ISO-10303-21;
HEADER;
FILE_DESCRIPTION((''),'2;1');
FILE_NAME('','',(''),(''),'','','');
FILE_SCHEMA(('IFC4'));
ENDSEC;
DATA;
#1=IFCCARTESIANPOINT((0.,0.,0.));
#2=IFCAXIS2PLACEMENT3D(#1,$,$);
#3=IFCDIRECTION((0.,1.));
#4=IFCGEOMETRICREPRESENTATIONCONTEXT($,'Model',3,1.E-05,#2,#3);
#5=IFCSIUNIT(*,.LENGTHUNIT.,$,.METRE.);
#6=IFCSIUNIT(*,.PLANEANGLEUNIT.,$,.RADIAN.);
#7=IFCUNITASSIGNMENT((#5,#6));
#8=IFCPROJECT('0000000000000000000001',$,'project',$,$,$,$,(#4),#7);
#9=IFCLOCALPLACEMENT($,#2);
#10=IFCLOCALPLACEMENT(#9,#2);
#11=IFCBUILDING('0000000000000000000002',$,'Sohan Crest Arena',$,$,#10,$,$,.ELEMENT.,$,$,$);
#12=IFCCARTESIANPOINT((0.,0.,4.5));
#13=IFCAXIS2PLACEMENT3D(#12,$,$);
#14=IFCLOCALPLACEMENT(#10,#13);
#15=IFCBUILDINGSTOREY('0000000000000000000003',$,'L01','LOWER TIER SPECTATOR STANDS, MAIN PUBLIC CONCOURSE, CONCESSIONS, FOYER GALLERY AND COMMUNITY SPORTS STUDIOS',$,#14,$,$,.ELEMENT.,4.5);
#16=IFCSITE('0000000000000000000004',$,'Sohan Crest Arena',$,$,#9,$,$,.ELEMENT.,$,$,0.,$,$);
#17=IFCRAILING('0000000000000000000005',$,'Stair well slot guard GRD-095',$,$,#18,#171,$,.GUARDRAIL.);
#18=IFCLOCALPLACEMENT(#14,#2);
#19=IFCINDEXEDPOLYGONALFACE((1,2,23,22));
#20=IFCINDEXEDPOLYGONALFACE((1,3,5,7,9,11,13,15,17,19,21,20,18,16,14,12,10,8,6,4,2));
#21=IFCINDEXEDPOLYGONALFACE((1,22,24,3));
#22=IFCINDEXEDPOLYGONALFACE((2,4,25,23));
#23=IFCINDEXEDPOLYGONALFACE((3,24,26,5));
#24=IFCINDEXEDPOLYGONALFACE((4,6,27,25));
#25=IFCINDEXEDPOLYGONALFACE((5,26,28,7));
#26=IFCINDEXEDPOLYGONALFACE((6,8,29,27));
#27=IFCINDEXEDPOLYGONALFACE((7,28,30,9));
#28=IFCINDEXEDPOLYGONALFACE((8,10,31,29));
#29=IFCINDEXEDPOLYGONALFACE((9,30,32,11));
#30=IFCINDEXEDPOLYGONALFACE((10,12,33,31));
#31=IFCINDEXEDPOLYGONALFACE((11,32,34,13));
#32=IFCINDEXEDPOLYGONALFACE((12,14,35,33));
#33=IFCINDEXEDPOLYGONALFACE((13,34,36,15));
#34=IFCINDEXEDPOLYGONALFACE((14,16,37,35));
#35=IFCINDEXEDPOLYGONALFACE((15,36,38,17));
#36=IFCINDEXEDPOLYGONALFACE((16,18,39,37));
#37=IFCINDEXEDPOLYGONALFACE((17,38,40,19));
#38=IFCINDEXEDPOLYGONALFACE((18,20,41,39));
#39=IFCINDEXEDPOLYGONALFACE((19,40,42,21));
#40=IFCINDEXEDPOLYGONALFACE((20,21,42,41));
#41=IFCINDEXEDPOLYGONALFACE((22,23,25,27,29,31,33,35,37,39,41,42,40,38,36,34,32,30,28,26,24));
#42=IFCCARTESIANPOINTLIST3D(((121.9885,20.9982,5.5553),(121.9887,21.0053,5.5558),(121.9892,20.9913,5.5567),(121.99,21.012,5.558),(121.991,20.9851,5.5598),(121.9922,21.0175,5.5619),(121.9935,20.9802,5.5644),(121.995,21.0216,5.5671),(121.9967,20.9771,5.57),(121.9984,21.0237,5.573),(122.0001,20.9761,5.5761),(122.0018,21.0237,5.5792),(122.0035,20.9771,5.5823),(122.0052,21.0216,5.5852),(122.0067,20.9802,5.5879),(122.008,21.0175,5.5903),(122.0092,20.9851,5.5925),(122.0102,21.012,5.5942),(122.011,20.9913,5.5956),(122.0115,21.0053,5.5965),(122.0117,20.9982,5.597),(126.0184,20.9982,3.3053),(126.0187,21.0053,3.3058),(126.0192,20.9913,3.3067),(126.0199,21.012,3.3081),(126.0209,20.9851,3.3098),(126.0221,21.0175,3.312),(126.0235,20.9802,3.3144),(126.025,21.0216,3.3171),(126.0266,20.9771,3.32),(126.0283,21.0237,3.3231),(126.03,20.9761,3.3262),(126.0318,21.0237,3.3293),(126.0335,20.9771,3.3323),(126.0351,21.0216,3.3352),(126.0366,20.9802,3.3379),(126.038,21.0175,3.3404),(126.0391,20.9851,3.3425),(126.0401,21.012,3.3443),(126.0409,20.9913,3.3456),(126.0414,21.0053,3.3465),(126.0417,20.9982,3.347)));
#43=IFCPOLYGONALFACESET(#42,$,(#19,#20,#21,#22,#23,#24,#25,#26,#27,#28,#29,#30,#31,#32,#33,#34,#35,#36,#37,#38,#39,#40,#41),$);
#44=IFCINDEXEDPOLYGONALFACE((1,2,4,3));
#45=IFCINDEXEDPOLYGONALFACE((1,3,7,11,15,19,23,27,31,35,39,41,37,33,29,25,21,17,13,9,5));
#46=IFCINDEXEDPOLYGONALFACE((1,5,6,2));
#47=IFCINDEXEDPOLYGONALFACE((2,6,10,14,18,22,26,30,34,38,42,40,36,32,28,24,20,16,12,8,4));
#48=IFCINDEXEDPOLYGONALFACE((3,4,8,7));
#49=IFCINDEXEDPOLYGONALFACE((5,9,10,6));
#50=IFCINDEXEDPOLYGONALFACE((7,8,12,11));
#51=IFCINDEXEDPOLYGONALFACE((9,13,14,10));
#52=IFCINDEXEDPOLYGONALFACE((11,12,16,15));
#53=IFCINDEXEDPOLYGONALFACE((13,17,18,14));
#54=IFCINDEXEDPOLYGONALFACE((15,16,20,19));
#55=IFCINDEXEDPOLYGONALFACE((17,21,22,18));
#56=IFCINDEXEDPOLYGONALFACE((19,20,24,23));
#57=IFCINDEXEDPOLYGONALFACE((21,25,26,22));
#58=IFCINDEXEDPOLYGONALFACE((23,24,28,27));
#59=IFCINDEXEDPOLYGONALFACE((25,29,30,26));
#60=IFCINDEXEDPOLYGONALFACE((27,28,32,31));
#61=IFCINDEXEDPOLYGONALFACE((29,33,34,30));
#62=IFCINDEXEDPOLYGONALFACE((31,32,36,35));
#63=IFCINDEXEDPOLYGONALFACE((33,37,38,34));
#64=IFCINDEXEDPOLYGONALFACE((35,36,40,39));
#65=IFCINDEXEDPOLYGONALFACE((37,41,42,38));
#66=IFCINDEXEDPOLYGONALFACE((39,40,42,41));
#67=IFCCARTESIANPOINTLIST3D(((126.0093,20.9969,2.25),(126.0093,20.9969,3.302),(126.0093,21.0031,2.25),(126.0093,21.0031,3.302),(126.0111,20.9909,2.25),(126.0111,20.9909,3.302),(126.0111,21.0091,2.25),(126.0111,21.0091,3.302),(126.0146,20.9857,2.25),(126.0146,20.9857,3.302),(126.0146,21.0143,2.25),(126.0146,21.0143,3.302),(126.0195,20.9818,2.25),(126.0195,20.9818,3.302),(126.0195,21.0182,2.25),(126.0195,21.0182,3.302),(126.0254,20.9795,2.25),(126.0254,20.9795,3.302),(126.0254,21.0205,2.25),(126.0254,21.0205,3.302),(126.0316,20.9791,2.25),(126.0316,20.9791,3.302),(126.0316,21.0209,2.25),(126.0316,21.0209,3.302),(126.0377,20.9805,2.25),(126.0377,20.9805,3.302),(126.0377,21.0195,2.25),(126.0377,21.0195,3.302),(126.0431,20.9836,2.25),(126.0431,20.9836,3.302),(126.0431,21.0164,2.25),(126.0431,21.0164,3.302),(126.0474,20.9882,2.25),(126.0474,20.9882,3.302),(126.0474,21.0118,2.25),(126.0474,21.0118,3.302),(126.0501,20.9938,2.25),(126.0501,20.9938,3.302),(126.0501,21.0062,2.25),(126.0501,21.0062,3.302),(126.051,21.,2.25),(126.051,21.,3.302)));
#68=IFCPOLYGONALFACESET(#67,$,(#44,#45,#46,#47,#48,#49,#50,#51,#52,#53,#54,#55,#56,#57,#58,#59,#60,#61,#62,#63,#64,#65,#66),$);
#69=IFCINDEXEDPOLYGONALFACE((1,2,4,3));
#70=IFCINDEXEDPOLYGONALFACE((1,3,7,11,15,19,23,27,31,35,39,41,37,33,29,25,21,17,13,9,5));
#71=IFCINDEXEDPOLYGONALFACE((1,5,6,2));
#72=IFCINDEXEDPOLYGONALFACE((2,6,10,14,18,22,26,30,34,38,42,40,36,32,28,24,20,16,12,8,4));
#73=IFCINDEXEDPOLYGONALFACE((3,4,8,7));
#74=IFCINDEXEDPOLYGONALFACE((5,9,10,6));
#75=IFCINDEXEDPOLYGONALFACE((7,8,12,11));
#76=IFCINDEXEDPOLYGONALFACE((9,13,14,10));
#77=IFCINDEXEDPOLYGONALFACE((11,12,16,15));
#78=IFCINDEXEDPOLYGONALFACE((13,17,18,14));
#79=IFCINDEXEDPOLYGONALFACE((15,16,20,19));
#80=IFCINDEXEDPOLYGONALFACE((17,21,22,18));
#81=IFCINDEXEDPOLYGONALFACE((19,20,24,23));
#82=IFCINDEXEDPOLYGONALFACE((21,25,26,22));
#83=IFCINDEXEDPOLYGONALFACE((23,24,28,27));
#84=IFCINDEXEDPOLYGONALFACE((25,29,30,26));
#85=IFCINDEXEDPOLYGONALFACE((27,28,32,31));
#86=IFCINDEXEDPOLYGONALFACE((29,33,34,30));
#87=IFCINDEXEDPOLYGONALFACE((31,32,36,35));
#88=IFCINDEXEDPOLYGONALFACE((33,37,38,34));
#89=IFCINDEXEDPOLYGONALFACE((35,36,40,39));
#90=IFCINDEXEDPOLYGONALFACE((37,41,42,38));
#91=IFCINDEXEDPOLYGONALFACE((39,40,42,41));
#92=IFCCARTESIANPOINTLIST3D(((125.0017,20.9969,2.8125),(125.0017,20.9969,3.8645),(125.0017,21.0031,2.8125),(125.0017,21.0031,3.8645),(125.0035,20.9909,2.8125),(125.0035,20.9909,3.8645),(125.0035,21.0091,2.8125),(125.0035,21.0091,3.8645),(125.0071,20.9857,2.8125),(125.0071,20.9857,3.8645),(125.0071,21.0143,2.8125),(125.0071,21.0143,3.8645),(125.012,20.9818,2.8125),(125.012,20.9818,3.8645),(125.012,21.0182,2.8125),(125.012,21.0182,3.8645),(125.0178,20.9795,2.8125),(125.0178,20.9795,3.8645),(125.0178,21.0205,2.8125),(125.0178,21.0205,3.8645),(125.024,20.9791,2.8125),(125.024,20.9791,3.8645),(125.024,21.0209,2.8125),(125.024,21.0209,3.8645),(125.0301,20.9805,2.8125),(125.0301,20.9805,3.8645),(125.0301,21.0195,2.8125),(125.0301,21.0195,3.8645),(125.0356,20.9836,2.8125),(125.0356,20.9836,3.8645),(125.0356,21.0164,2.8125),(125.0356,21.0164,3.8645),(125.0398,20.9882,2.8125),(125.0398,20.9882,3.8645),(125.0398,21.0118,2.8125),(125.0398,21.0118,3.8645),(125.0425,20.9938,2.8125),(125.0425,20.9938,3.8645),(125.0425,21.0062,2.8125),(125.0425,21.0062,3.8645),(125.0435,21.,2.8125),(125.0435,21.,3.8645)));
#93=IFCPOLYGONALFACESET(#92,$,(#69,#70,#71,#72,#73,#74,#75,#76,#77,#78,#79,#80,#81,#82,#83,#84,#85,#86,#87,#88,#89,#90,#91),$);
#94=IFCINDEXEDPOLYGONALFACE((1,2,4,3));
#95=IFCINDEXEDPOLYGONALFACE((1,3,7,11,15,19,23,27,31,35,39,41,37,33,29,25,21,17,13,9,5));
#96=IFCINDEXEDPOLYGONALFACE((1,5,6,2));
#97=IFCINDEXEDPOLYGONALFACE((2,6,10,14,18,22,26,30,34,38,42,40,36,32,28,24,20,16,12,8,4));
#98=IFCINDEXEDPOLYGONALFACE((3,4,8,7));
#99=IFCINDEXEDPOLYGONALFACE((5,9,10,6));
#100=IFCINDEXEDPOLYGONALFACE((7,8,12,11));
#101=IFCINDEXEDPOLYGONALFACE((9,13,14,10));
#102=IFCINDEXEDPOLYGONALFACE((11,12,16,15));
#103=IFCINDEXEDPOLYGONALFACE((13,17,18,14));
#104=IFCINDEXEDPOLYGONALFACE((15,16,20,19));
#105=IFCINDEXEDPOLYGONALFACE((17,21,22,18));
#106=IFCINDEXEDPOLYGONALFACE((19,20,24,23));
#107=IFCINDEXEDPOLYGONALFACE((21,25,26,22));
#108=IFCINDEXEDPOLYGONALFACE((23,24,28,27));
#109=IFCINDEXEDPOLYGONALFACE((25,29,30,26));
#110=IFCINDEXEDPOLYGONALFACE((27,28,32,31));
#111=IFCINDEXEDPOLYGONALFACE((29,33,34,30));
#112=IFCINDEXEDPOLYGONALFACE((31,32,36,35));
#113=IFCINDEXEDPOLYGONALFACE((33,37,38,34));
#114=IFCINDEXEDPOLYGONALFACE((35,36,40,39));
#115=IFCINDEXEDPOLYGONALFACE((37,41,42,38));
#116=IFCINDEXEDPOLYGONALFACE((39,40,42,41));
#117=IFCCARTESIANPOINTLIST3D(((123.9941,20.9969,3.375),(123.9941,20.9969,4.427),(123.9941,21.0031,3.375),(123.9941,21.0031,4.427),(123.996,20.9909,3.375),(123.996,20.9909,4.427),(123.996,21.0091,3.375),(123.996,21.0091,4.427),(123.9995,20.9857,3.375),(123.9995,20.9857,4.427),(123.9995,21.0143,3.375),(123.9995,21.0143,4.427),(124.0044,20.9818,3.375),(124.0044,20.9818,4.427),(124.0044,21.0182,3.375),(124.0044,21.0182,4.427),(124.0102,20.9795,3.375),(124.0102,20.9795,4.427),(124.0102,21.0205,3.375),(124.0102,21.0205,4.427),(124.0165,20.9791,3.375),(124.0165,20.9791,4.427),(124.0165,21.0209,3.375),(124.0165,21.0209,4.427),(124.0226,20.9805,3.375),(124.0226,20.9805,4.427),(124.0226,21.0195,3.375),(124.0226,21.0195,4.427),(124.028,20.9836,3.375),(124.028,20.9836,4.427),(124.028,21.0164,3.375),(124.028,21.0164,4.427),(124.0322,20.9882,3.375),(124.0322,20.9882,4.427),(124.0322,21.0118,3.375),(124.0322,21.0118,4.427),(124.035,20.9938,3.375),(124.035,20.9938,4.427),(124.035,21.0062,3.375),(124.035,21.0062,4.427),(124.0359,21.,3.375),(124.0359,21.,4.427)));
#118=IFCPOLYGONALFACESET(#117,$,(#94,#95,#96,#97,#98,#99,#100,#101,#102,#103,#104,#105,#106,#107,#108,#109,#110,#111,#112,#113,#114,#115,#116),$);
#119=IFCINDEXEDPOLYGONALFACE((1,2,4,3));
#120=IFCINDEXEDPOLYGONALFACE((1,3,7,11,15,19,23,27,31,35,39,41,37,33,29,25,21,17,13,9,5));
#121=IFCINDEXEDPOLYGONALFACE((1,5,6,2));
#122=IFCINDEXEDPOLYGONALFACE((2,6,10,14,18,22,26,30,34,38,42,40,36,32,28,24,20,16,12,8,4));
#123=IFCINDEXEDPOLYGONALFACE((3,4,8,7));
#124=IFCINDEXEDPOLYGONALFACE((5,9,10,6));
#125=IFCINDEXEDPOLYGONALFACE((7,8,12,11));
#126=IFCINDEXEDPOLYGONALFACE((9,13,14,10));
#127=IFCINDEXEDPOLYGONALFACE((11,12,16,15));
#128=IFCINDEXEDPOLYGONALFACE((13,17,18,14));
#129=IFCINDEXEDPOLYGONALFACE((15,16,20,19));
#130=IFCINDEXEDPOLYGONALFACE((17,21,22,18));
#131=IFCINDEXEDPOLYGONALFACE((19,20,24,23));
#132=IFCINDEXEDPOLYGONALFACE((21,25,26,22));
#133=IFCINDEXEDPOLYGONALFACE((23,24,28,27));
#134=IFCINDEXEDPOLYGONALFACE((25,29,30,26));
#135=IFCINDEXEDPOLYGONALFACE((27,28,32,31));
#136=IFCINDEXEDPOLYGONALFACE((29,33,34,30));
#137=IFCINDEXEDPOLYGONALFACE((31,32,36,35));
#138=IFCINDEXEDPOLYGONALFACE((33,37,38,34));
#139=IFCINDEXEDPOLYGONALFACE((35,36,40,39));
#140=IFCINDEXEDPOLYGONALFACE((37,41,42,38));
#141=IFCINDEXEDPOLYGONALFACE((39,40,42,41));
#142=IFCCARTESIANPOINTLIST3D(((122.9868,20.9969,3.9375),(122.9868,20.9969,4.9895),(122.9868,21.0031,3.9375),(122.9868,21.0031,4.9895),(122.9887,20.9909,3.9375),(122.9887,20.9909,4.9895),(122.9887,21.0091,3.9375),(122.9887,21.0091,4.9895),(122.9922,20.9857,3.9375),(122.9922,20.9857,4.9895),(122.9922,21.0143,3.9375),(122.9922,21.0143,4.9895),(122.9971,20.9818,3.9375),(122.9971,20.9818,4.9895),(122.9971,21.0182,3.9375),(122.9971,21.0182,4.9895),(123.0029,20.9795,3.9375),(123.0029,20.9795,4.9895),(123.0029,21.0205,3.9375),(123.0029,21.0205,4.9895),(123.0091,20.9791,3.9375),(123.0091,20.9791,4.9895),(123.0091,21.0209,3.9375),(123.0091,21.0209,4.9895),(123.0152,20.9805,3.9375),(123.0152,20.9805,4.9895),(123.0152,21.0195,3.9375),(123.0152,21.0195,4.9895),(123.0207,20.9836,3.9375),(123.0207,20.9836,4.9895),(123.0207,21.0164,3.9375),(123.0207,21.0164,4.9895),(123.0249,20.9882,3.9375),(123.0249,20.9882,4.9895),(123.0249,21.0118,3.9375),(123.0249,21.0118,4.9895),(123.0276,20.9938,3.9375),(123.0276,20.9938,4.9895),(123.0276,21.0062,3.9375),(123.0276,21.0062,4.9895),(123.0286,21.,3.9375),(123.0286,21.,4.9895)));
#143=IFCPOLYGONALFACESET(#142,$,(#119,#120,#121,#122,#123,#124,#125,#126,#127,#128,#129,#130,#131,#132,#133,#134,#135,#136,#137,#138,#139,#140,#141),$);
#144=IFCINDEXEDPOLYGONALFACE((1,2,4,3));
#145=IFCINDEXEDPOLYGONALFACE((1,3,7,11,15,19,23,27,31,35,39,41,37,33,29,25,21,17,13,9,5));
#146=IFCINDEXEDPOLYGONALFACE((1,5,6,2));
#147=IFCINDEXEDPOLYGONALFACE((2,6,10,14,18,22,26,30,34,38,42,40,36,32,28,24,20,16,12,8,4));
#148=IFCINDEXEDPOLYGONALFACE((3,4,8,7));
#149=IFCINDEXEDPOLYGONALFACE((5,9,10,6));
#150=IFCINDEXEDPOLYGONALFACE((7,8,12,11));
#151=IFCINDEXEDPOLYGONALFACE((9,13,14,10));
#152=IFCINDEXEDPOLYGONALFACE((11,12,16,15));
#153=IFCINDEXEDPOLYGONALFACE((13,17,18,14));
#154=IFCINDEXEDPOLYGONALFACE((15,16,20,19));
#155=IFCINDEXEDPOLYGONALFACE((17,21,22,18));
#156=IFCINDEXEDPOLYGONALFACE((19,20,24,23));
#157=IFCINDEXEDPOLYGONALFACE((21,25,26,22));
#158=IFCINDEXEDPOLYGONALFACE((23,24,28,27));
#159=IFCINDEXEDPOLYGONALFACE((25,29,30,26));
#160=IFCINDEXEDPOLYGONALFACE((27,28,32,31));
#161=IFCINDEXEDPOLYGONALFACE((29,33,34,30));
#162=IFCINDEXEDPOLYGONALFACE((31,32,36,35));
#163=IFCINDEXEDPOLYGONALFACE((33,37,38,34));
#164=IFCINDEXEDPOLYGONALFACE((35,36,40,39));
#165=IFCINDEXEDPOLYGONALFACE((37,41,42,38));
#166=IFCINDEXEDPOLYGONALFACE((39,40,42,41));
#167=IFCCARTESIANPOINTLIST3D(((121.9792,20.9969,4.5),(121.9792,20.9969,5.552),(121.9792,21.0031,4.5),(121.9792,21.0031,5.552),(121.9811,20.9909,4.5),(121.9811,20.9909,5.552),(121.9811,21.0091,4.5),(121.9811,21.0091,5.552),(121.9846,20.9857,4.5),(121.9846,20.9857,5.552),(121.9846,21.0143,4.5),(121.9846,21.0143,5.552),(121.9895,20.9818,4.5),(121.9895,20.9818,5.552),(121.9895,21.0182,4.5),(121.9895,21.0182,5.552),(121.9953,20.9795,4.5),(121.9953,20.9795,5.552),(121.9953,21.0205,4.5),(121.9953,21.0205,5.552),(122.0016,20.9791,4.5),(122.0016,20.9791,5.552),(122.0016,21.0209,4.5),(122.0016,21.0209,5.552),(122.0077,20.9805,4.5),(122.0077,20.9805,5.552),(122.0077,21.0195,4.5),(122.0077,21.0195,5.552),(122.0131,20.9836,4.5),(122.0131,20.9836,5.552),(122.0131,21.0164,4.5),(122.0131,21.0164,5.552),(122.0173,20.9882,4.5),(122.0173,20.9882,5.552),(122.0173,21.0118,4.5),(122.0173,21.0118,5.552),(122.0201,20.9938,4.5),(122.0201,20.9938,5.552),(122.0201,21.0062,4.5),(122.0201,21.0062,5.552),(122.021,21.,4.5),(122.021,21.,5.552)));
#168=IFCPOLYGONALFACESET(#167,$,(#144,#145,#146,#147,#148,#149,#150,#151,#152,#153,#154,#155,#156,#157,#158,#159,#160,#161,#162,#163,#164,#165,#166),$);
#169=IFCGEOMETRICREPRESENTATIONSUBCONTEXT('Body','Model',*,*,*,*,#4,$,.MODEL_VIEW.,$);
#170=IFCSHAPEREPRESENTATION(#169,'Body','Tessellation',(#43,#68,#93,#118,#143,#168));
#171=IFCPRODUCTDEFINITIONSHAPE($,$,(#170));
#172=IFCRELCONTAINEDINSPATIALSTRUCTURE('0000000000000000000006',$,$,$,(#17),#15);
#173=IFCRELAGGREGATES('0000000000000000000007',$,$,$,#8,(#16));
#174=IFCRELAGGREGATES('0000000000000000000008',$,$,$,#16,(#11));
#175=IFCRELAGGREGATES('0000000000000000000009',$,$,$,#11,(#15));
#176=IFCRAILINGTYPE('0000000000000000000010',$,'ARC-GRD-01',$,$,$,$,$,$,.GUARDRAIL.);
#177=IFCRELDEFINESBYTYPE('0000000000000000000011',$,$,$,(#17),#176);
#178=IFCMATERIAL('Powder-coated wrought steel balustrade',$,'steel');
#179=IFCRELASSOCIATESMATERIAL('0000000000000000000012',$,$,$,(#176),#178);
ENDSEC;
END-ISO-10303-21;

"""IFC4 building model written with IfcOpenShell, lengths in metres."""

from ifc_helpers import new_model, si_unit, direction, frame, origin, origin_2d, place, context, subcontext, project, spatial, circle, extrude, material, type_object, element, save


model = new_model("IFC4")

# Units and contexts
model_context = context("Model", 3, precision=1e-05, world=origin(), true_north=direction((0.0, 1.0)))
body_context = subcontext(model_context, "Body", "Model", "MODEL_VIEW")
ifc_project = project(units=[si_unit("LENGTHUNIT", "METRE"), si_unit("PLANEANGLEUNIT", "RADIAN")], contexts=[model_context])

# Site, building, storey
site_placement = place(None, origin())
site = spatial("IfcSite", under=ifc_project, at=site_placement, Name="Sohan Crest Arena", CompositionType="ELEMENT", RefElevation=0.0)
building_placement = place(site_placement, origin())
building = spatial("IfcBuilding", under=site, at=building_placement, Name="Sohan Crest Arena", CompositionType="ELEMENT")
storey_placement = place(building_placement, frame((0.0, 0.0, 4.5)))
storey = spatial("IfcBuildingStorey", under=building, at=storey_placement, Name="L01", Description="LOWER TIER SPECTATOR STANDS, MAIN PUBLIC CONCOURSE, CONCESSIONS, FOYER GALLERY AND COMMUNITY SPORTS STUDIOS", CompositionType="ELEMENT", Elevation=4.5)

# Railing
ifc_material_1 = material(Name="Powder-coated wrought steel balustrade", Category="steel")
railing_type_1 = type_object("IfcRailingType", Name="ARC-GRD-01", PredefinedType="GUARDRAIL", material=ifc_material_1)
railing_1_placement = place(storey_placement, frame((126.03, 21.0, 2.25)))
element("IfcRailing", 1, at=railing_1_placement, inside=storey, type_object=railing_type_1, Name="Stair well slot guard GRD-095", PredefinedType="GUARDRAIL", context=body_context, shape_type="SweptSolid", body=[
    extrude(circle(Radius=0.0239, at=origin_2d()), frame((0.0, 0.0, 1.0762), z_axis=(-0.873135, 0.0, 0.487479), x_axis=(0.0, -1.0, 0.0)), (0.0, 0.0, 1.0), 4.6155),
    extrude(circle(Radius=0.021, at=origin_2d()), origin(), (0.0, 0.0, 1.0), 1.052),
    extrude(circle(Radius=0.021, at=origin_2d()), frame((-1.0076, 0.0, 0.5625)), (0.0, 0.0, 1.0), 1.052),
    extrude(circle(Radius=0.021, at=origin_2d()), frame((-2.0151, 0.0, 1.125)), (0.0, 0.0, 1.0), 1.052),
    extrude(circle(Radius=0.021, at=origin_2d()), frame((-3.0225, 0.0, 1.6875)), (0.0, 0.0, 1.0), 1.052),
    extrude(circle(Radius=0.021, at=origin_2d()), frame((-4.03, 0.0, 2.25)), (0.0, 0.0, 1.0), 1.052),
])

save(model, "model.ifc")
